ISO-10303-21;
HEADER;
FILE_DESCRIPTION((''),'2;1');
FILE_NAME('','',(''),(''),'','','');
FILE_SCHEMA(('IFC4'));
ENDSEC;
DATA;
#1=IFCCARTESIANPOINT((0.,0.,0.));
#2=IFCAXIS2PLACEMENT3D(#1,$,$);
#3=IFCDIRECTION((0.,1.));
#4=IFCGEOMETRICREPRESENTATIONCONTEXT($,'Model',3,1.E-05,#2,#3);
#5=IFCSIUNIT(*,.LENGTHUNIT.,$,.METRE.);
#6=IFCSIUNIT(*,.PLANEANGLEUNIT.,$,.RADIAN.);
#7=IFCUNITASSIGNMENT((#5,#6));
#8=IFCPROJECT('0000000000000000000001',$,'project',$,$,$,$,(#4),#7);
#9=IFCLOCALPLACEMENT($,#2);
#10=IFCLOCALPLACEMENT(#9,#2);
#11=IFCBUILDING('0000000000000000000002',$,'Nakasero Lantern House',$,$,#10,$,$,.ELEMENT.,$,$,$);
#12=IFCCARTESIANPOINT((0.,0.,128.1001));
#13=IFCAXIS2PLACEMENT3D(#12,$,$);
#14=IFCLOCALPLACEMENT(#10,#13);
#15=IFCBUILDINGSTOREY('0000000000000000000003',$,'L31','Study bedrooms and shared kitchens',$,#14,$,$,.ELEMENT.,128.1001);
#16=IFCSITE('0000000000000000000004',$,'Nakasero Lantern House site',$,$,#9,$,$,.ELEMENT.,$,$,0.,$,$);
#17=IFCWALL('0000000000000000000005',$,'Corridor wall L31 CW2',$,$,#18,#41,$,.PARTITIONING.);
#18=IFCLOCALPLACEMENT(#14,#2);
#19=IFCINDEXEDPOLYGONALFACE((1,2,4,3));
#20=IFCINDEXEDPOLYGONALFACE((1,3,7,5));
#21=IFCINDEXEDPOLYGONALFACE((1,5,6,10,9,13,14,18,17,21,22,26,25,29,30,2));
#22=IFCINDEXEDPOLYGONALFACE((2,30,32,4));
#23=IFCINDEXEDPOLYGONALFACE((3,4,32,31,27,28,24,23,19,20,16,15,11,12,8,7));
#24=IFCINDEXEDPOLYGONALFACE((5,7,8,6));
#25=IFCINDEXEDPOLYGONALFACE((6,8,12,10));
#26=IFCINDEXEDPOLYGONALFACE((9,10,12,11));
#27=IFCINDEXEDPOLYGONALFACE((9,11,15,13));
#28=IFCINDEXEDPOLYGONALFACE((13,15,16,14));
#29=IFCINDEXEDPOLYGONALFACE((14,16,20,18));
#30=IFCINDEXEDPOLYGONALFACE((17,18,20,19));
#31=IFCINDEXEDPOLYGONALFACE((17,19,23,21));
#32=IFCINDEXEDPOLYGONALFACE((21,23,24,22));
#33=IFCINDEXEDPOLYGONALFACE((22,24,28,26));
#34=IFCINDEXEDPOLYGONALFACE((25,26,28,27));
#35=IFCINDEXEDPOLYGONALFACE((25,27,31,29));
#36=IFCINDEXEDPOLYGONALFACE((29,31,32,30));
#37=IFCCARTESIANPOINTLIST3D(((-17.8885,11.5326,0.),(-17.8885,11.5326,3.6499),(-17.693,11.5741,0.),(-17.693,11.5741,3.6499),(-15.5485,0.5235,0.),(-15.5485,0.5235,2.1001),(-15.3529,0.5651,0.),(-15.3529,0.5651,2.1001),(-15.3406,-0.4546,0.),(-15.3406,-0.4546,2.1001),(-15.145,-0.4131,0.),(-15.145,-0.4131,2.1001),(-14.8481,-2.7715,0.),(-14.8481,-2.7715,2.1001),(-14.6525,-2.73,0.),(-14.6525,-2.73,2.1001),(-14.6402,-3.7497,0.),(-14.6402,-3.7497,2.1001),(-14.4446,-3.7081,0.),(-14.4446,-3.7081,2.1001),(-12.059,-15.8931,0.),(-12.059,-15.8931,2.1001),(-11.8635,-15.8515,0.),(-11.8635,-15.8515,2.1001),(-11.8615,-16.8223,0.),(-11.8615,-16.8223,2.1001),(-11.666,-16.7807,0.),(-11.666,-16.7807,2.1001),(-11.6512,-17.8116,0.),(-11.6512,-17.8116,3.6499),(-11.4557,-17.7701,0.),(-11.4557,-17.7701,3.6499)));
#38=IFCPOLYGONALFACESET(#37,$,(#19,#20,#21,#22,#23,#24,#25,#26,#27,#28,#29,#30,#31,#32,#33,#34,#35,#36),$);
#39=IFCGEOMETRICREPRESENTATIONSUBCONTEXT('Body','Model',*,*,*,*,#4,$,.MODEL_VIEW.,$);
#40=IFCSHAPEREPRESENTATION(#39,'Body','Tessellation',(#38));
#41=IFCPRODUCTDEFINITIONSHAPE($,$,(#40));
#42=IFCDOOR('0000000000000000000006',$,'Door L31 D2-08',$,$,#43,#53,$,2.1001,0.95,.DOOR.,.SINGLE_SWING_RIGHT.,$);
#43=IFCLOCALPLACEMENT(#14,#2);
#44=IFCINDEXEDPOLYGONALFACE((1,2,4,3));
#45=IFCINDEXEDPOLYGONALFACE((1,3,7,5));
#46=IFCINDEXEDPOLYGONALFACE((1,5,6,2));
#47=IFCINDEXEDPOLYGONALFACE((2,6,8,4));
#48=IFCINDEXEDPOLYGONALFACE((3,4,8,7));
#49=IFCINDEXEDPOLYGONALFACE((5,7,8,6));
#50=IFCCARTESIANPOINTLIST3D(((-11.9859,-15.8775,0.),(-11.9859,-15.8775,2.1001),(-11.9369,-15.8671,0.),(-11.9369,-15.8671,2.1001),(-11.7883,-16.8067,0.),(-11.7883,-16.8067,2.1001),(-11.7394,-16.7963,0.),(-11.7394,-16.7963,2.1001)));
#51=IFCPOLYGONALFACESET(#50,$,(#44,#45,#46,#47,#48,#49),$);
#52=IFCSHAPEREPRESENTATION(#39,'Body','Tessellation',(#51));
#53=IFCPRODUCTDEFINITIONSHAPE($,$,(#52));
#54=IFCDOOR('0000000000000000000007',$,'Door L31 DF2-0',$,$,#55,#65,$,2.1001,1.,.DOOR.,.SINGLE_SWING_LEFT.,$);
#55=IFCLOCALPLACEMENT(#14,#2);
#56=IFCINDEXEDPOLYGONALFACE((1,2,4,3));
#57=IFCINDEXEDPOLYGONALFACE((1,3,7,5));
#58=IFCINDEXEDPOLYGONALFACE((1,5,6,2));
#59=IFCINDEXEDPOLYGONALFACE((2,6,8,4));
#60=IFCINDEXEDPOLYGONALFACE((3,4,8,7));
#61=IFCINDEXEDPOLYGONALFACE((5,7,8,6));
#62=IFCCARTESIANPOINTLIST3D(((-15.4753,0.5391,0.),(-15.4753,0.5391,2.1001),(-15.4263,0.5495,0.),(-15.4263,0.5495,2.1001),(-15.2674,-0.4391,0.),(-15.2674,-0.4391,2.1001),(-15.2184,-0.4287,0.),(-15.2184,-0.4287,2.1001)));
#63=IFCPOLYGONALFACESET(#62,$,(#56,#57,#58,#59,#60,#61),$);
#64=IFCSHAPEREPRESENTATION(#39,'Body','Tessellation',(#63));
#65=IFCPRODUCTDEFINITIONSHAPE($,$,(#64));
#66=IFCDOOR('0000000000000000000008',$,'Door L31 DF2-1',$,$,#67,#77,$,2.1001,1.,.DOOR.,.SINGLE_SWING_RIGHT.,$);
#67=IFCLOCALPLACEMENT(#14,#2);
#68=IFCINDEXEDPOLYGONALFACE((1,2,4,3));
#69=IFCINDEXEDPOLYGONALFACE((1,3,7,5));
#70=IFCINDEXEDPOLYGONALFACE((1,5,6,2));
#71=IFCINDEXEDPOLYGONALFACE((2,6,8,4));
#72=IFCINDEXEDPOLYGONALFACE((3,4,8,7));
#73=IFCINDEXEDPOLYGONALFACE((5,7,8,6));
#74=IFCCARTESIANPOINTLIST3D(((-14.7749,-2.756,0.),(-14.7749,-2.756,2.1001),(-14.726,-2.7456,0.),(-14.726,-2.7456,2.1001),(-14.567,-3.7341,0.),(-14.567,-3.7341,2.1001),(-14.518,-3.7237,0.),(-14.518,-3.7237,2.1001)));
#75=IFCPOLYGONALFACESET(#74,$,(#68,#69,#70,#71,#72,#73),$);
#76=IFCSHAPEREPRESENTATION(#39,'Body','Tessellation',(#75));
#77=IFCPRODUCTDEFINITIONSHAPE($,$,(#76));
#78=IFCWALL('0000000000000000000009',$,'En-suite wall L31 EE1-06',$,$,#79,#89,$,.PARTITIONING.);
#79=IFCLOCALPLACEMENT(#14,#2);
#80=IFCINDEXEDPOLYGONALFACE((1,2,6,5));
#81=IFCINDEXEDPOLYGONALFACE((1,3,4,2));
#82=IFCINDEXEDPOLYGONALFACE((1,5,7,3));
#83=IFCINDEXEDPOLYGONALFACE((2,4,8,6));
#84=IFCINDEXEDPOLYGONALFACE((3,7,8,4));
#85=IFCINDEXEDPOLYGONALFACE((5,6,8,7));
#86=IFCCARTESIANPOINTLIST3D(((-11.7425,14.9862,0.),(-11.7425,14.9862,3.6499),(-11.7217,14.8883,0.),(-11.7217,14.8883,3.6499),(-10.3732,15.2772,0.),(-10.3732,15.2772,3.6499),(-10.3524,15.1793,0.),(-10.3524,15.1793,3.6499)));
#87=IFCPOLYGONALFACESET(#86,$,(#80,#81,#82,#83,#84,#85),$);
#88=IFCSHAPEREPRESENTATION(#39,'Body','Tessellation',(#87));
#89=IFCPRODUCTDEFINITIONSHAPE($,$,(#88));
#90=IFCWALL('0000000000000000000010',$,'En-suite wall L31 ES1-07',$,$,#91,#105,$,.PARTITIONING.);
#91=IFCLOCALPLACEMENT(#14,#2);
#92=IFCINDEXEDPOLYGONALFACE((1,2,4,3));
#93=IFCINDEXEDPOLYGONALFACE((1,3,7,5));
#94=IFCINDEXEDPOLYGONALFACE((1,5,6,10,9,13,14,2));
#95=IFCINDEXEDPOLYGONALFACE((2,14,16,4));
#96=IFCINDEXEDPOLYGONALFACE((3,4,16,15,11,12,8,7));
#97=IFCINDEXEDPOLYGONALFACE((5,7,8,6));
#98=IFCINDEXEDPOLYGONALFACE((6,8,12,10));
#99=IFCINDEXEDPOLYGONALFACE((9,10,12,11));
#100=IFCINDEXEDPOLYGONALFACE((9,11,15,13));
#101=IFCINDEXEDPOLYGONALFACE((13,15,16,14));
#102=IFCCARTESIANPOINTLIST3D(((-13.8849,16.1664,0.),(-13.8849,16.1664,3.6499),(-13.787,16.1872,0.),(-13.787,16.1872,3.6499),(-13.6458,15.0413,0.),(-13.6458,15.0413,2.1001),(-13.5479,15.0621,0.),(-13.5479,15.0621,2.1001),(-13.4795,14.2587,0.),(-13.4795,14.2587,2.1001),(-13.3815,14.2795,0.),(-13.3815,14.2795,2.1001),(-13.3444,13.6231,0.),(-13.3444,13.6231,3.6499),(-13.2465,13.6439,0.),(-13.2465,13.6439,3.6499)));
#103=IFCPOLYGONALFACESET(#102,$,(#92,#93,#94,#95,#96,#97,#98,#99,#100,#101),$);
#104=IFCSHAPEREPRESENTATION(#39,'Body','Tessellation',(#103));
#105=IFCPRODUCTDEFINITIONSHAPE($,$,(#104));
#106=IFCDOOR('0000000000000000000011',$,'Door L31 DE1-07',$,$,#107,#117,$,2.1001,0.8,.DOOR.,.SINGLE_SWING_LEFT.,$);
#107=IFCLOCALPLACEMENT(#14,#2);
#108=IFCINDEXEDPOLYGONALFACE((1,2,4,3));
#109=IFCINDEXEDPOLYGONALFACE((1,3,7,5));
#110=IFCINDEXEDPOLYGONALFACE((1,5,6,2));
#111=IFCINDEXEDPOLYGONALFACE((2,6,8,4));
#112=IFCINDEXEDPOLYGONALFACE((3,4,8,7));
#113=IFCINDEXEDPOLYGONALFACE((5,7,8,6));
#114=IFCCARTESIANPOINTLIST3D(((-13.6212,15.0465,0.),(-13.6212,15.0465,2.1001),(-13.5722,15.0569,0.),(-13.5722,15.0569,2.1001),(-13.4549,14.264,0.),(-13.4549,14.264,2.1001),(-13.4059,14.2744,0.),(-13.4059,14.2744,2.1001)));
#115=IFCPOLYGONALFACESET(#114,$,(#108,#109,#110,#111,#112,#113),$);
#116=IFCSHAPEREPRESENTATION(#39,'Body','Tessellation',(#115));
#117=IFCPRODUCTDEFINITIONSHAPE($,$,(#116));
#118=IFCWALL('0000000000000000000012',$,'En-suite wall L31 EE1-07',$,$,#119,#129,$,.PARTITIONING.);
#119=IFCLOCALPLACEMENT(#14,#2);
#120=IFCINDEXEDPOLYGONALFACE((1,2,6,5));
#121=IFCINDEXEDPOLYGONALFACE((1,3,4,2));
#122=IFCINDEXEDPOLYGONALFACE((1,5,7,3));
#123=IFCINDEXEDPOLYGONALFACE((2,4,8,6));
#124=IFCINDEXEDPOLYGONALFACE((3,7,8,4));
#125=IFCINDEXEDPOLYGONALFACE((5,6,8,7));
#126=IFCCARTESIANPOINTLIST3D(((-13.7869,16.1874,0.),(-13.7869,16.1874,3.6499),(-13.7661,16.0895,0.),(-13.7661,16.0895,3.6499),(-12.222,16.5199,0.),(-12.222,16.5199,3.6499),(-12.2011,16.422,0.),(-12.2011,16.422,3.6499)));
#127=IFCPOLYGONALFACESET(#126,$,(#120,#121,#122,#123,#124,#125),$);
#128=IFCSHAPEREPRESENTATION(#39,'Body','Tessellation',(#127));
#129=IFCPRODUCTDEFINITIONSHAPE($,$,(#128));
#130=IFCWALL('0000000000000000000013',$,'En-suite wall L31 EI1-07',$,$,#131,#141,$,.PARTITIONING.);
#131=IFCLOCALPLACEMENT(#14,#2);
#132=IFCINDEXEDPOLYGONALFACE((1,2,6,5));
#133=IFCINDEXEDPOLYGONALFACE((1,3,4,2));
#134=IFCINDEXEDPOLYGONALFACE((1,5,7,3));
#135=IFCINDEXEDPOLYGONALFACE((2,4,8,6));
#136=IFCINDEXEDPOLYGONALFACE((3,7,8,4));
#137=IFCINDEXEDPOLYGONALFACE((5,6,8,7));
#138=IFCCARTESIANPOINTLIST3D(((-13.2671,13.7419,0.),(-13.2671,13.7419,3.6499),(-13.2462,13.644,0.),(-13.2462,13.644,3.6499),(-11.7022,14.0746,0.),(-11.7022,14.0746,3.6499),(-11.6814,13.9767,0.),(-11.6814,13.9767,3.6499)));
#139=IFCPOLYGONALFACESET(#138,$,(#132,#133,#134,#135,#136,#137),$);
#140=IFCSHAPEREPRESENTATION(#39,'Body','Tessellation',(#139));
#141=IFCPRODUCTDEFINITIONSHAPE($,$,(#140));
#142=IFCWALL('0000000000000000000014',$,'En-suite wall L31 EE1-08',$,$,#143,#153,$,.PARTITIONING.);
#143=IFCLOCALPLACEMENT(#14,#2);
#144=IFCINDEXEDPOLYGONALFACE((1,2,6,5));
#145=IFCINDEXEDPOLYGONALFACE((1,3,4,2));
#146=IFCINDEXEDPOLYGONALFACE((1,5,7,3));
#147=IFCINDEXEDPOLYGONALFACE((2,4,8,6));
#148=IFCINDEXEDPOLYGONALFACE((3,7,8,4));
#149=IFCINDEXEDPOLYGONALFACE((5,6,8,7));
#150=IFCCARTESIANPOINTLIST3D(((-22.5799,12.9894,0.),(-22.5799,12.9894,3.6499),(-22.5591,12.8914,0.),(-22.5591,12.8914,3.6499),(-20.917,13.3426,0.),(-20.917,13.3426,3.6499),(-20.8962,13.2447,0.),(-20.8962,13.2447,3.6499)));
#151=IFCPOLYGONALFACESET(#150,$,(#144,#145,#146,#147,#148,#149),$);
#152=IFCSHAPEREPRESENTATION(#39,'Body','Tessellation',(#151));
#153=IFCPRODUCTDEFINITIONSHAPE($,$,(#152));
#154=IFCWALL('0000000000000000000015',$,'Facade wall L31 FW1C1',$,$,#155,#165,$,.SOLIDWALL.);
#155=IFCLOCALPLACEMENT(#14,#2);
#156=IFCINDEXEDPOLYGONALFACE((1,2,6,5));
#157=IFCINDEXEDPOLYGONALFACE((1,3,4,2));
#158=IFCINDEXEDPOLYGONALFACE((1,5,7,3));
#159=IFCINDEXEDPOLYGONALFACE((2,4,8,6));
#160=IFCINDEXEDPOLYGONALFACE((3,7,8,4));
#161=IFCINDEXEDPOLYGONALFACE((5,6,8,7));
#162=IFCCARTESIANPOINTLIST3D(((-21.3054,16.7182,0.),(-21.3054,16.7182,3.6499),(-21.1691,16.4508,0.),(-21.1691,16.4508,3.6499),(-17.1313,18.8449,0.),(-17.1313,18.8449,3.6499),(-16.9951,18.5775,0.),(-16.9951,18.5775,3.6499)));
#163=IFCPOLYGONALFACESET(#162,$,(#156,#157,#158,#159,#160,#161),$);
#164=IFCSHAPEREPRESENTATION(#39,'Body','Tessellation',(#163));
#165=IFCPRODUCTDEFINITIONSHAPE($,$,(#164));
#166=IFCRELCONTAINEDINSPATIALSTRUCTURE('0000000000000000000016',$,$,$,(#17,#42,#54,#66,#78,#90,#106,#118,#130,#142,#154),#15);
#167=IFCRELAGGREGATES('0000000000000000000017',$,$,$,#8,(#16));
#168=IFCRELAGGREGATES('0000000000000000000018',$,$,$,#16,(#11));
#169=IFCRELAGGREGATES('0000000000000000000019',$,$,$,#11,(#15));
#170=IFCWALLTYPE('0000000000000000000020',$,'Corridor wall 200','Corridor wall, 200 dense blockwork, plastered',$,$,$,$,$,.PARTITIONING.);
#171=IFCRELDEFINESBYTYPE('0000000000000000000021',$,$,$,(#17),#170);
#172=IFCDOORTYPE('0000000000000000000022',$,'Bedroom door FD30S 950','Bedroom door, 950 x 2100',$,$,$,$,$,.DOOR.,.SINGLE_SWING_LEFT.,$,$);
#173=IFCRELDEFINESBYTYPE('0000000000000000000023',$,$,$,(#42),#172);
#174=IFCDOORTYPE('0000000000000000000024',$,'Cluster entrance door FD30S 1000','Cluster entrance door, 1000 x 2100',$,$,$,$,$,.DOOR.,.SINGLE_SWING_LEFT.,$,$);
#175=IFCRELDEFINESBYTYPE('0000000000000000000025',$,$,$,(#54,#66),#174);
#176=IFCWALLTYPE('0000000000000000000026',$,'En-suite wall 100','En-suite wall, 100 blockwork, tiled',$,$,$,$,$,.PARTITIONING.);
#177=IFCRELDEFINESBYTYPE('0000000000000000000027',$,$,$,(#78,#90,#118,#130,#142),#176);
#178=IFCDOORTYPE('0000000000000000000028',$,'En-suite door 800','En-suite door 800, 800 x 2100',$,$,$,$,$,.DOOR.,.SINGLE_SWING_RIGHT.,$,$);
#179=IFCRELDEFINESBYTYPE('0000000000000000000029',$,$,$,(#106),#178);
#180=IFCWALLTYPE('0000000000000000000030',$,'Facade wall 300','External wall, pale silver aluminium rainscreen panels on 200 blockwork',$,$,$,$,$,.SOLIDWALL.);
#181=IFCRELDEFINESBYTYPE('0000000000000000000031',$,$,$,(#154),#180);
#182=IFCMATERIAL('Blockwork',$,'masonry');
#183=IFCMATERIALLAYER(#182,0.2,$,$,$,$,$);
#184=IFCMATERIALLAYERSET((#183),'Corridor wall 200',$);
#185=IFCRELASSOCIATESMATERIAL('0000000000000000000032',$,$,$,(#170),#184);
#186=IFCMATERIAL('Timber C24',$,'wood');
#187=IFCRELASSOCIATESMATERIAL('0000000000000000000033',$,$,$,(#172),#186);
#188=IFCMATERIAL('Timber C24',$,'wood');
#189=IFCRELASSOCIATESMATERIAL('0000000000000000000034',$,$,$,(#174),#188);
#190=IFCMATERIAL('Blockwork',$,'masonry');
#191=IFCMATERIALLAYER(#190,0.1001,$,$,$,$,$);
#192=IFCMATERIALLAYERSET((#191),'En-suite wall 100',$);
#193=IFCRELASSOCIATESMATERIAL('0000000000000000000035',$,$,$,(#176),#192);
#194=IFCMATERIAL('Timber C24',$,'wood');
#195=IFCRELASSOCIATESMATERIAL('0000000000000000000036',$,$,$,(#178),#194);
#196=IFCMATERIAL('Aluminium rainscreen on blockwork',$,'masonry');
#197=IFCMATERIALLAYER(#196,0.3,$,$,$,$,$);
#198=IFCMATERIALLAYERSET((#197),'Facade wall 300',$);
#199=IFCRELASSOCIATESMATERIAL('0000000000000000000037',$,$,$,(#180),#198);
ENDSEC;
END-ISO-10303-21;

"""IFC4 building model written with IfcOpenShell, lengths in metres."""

from ifc_helpers import new_model, si_unit, direction, frame, frame_2d, origin, place, context, subcontext, project, spatial, rectangle, extrude, material, layer, layer_set, type_object, element, fill, save


model = new_model("IFC4")

# Units and contexts
model_context = context("Model", 3, precision=1e-05, world=origin(), true_north=direction((0.0, 1.0)))
body_context = subcontext(model_context, "Body", "Model", "MODEL_VIEW")
ifc_project = project(units=[si_unit("LENGTHUNIT", "METRE"), si_unit("PLANEANGLEUNIT", "RADIAN")], contexts=[model_context])

# Site, building, storey
site_placement = place(None, origin())
site = spatial("IfcSite", under=ifc_project, at=site_placement, Name="Nakasero Lantern House site", CompositionType="ELEMENT", RefElevation=0.0)
building_placement = place(site_placement, origin())
building = spatial("IfcBuilding", under=site, at=building_placement, Name="Nakasero Lantern House", CompositionType="ELEMENT")
storey_placement = place(building_placement, frame((0.0, 0.0, 128.1001)))
storey = spatial("IfcBuildingStorey", under=building, at=storey_placement, Name="L31", Description="Study bedrooms and shared kitchens", CompositionType="ELEMENT", Elevation=128.1001)

# Wall, openings, doors
ifc_material_1 = material(Name="Blockwork", Category="masonry")
ifc_layer_1 = layer(ifc_material_1, 0.2)
ifc_layer_set_1 = layer_set([ifc_layer_1], Name="Corridor wall 200")
wall_type_1 = type_object("IfcWallType", Name="Corridor wall 200", Description="Corridor wall, 200 dense blockwork, plastered", PredefinedType="PARTITIONING", material=ifc_layer_set_1)
wall_1_placement = place(storey_placement, frame((-17.7908, 11.5535, 0.0), z_axis=(0.0, 0.0, 1.0), x_axis=(0.207912, -0.978148, 0.0)))
wall_1 = element("IfcWall", 1, at=wall_1_placement, inside=storey, type_object=wall_type_1, Name="Corridor wall L31 CW2", PredefinedType="PARTITIONING", context=body_context, shape_type="SweptSolid", body=[
    extrude(rectangle(XDim=29.9998, YDim=0.2, at=frame_2d((15.0, 0.0))), origin(), (0.0, 0.0, 1.0), 3.6499),
])
opening_1_placement = place(wall_1_placement, frame((11.2551, 0.0, 0.0)))
opening_1 = element("IfcOpeningElement", 2, at=opening_1_placement, cuts=wall_1, PredefinedType="OPENING", context=body_context, shape_type="SweptSolid", body=[
    extrude(rectangle(XDim=1.0, YDim=2.1001, at=frame_2d((0.5, 1.05))), frame((0.0, 0.1199, 0.0), z_axis=(0.0, -1.0, 0.0), x_axis=(1.0, 0.0, 0.0)), (0.0, 0.0, 1.0), 0.24),
])
opening_2_placement = place(wall_1_placement, frame((14.6238, 0.0, 0.0)))
opening_2 = element("IfcOpeningElement", 3, at=opening_2_placement, cuts=wall_1, PredefinedType="OPENING", context=body_context, shape_type="SweptSolid", body=[
    extrude(rectangle(XDim=1.0, YDim=2.1001, at=frame_2d((0.5, 1.05))), frame((0.0, 0.1199, 0.0), z_axis=(0.0, -1.0, 0.0), x_axis=(1.0, 0.0, 0.0)), (0.0, 0.0, 1.0), 0.24),
])
opening_3_placement = place(wall_1_placement, frame((28.0383, 0.0, 0.0)))
opening_3 = element("IfcOpeningElement", 4, at=opening_3_placement, cuts=wall_1, PredefinedType="OPENING", context=body_context, shape_type="SweptSolid", body=[
    extrude(rectangle(XDim=0.95, YDim=2.1001, at=frame_2d((0.4751, 1.05))), frame((0.0, 0.1199, 0.0), z_axis=(0.0, -1.0, 0.0), x_axis=(1.0, 0.0, 0.0)), (0.0, 0.0, 1.0), 0.24),
])
ifc_material_2 = material(Name="Timber C24", Category="wood")
door_type_1 = type_object("IfcDoorType", Name="Bedroom door FD30S 950", Description="Bedroom door, 950 x 2100", OperationType="SINGLE_SWING_LEFT", PredefinedType="DOOR", material=ifc_material_2)
door_1_placement = place(opening_3_placement, origin())
door_1 = element("IfcDoor", 5, at=door_1_placement, inside=storey, type_object=door_type_1, Name="Door L31 D2-08", OperationType="SINGLE_SWING_RIGHT", OverallHeight=2.1001, OverallWidth=0.95, PredefinedType="DOOR", context=body_context, shape_type="SweptSolid", body=[
    extrude(rectangle(XDim=0.95, YDim=2.1001, at=frame_2d((0.4751, 1.05))), frame((0.0, 0.0249, 0.0), z_axis=(0.0, -1.0, 0.0), x_axis=(1.0, 0.0, 0.0)), (0.0, 0.0, 1.0), 0.05),
])
fill(opening_3, door_1)
ifc_material_3 = material(Name="Timber C24", Category="wood")
door_type_2 = type_object("IfcDoorType", Name="Cluster entrance door FD30S 1000", Description="Cluster entrance door, 1000 x 2100", OperationType="SINGLE_SWING_LEFT", PredefinedType="DOOR", material=ifc_material_3)
door_2_placement = place(opening_1_placement, origin())
door_2 = element("IfcDoor", 6, at=door_2_placement, inside=storey, type_object=door_type_2, Name="Door L31 DF2-0", OperationType="SINGLE_SWING_LEFT", OverallHeight=2.1001, OverallWidth=1.0, PredefinedType="DOOR", context=body_context, shape_type="SweptSolid", body=[
    extrude(rectangle(XDim=1.0, YDim=2.1001, at=frame_2d((0.5, 1.05))), frame((0.0, 0.0249, 0.0), z_axis=(0.0, -1.0, 0.0), x_axis=(1.0, 0.0, 0.0)), (0.0, 0.0, 1.0), 0.05),
])
fill(opening_1, door_2)
door_3_placement = place(opening_2_placement, origin())
door_3 = element("IfcDoor", 7, at=door_3_placement, inside=storey, type_object=door_type_2, Name="Door L31 DF2-1", OperationType="SINGLE_SWING_RIGHT", OverallHeight=2.1001, OverallWidth=1.0, PredefinedType="DOOR", context=body_context, shape_type="SweptSolid", body=[
    extrude(rectangle(XDim=1.0, YDim=2.1001, at=frame_2d((0.5, 1.05))), frame((0.0, 0.0249, 0.0), z_axis=(0.0, -1.0, 0.0), x_axis=(1.0, 0.0, 0.0)), (0.0, 0.0, 1.0), 0.05),
])
fill(opening_2, door_3)

# Wall
ifc_material_4 = material(Name="Blockwork", Category="masonry")
ifc_layer_2 = layer(ifc_material_4, 0.1001)
ifc_layer_set_2 = layer_set([ifc_layer_2], Name="En-suite wall 100")
wall_type_2 = type_object("IfcWallType", Name="En-suite wall 100", Description="En-suite wall, 100 blockwork, tiled", PredefinedType="PARTITIONING", material=ifc_layer_set_2)
wall_2_placement = place(storey_placement, frame((-10.3628, 15.2283, 0.0), z_axis=(0.0, 0.0, 1.0), x_axis=(-0.978156, -0.207873, 0.0)))
element("IfcWall", 8, at=wall_2_placement, inside=storey, type_object=wall_type_2, Name="En-suite wall L31 EE1-06", PredefinedType="PARTITIONING", context=body_context, shape_type="SweptSolid", body=[
    extrude(rectangle(XDim=1.3999, YDim=0.1001, at=frame_2d((0.7, 0.0))), origin(), (0.0, 0.0, 1.0), 3.6499),
])

# Wall, opening, door
wall_3_placement = place(storey_placement, frame((-13.2954, 13.6335, 0.0), z_axis=(0.0, 0.0, 1.0), x_axis=(-0.207894, 0.978151, 0.0)))
wall_3 = element("IfcWall", 9, at=wall_3_placement, inside=storey, type_object=wall_type_2, Name="En-suite wall L31 ES1-07", PredefinedType="PARTITIONING", context=body_context, shape_type="SweptSolid", body=[
    extrude(rectangle(XDim=2.6001, YDim=0.1001, at=frame_2d((1.3, 0.0))), origin(), (0.0, 0.0, 1.0), 3.6499),
])
opening_4_placement = place(wall_3_placement, frame((0.6499, 0.0, 0.0)))
opening_4 = element("IfcOpeningElement", 10, at=opening_4_placement, cuts=wall_3, PredefinedType="OPENING", context=body_context, shape_type="SweptSolid", body=[
    extrude(rectangle(XDim=0.8, YDim=2.1001, at=frame_2d((0.3999, 1.05))), frame((0.0, 0.0701, 0.0), z_axis=(0.0, -1.0, 0.0), x_axis=(1.0, 0.0, 0.0)), (0.0, 0.0, 1.0), 0.1401),
])
ifc_material_5 = material(Name="Timber C24", Category="wood")
door_type_3 = type_object("IfcDoorType", Name="En-suite door 800", Description="En-suite door 800, 800 x 2100", OperationType="SINGLE_SWING_RIGHT", PredefinedType="DOOR", material=ifc_material_5)
door_4_placement = place(opening_4_placement, origin())
door_4 = element("IfcDoor", 11, at=door_4_placement, inside=storey, type_object=door_type_3, Name="Door L31 DE1-07", OperationType="SINGLE_SWING_LEFT", OverallHeight=2.1001, OverallWidth=0.8, PredefinedType="DOOR", context=body_context, shape_type="SweptSolid", body=[
    extrude(rectangle(XDim=0.8, YDim=2.1001, at=frame_2d((0.3999, 1.05))), frame((0.0, 0.0249, 0.0), z_axis=(0.0, -1.0, 0.0), x_axis=(1.0, 0.0, 0.0)), (0.0, 0.0, 1.0), 0.05),
])
fill(opening_4, door_4)

# Walls
for number, where, z_axis, x_axis, name in (
    (12, (-12.2117, 16.4709, 0.0), (0.0, 0.0, 1.0), (-0.978163, -0.207841, 0.0), "En-suite wall L31 EE1-07"),
    (13, (-11.6919, 14.0256, 0.0), (0.0, 0.0, 1.0), (-0.978132, -0.207987, 0.0), "En-suite wall L31 EI1-07"),
):
    element("IfcWall", number, at=place(storey_placement, frame(where, z_axis=z_axis, x_axis=x_axis)), inside=storey, type_object=wall_type_2, Name=name, PredefinedType="PARTITIONING", context=body_context, shape_type="SweptSolid", body=[
        extrude(rectangle(XDim=1.5999, YDim=0.1001, at=frame_2d((0.7998, 0.0))), origin(), (0.0, 0.0, 1.0), 3.6499),
    ])
wall_4_placement = place(storey_placement, frame((-20.9065, 13.2937, 0.0), z_axis=(0.0, 0.0, 1.0), x_axis=(-0.978169, -0.207812, 0.0)))
element("IfcWall", 14, at=wall_4_placement, inside=storey, type_object=wall_type_2, Name="En-suite wall L31 EE1-08", PredefinedType="PARTITIONING", context=body_context, shape_type="SweptSolid", body=[
    extrude(rectangle(XDim=1.7, YDim=0.1001, at=frame_2d((0.8501, 0.0))), origin(), (0.0, 0.0, 1.0), 3.6499),
])
ifc_material_6 = material(Name="Aluminium rainscreen on blockwork", Category="masonry")
ifc_layer_3 = layer(ifc_material_6, 0.3)
ifc_layer_set_3 = layer_set([ifc_layer_3], Name="Facade wall 300")
wall_type_3 = type_object("IfcWallType", Name="Facade wall 300", Description="External wall, pale silver aluminium rainscreen panels on 200 blockwork", PredefinedType="SOLIDWALL", material=ifc_layer_set_3)
wall_5_placement = place(storey_placement, frame((-17.0632, 18.7112, 0.0), z_axis=(0.0, 0.0, 1.0), x_axis=(-0.891014, -0.453976, 0.0)))
element("IfcWall", 15, at=wall_5_placement, inside=storey, type_object=wall_type_3, Name="Facade wall L31 FW1C1", PredefinedType="SOLIDWALL", context=body_context, shape_type="SweptSolid", body=[
    extrude(rectangle(XDim=4.6846, YDim=0.3, at=frame_2d((2.3423, 0.0))), origin(), (0.0, 0.0, 1.0), 3.6499),
])

save(model, "model.ifc")
